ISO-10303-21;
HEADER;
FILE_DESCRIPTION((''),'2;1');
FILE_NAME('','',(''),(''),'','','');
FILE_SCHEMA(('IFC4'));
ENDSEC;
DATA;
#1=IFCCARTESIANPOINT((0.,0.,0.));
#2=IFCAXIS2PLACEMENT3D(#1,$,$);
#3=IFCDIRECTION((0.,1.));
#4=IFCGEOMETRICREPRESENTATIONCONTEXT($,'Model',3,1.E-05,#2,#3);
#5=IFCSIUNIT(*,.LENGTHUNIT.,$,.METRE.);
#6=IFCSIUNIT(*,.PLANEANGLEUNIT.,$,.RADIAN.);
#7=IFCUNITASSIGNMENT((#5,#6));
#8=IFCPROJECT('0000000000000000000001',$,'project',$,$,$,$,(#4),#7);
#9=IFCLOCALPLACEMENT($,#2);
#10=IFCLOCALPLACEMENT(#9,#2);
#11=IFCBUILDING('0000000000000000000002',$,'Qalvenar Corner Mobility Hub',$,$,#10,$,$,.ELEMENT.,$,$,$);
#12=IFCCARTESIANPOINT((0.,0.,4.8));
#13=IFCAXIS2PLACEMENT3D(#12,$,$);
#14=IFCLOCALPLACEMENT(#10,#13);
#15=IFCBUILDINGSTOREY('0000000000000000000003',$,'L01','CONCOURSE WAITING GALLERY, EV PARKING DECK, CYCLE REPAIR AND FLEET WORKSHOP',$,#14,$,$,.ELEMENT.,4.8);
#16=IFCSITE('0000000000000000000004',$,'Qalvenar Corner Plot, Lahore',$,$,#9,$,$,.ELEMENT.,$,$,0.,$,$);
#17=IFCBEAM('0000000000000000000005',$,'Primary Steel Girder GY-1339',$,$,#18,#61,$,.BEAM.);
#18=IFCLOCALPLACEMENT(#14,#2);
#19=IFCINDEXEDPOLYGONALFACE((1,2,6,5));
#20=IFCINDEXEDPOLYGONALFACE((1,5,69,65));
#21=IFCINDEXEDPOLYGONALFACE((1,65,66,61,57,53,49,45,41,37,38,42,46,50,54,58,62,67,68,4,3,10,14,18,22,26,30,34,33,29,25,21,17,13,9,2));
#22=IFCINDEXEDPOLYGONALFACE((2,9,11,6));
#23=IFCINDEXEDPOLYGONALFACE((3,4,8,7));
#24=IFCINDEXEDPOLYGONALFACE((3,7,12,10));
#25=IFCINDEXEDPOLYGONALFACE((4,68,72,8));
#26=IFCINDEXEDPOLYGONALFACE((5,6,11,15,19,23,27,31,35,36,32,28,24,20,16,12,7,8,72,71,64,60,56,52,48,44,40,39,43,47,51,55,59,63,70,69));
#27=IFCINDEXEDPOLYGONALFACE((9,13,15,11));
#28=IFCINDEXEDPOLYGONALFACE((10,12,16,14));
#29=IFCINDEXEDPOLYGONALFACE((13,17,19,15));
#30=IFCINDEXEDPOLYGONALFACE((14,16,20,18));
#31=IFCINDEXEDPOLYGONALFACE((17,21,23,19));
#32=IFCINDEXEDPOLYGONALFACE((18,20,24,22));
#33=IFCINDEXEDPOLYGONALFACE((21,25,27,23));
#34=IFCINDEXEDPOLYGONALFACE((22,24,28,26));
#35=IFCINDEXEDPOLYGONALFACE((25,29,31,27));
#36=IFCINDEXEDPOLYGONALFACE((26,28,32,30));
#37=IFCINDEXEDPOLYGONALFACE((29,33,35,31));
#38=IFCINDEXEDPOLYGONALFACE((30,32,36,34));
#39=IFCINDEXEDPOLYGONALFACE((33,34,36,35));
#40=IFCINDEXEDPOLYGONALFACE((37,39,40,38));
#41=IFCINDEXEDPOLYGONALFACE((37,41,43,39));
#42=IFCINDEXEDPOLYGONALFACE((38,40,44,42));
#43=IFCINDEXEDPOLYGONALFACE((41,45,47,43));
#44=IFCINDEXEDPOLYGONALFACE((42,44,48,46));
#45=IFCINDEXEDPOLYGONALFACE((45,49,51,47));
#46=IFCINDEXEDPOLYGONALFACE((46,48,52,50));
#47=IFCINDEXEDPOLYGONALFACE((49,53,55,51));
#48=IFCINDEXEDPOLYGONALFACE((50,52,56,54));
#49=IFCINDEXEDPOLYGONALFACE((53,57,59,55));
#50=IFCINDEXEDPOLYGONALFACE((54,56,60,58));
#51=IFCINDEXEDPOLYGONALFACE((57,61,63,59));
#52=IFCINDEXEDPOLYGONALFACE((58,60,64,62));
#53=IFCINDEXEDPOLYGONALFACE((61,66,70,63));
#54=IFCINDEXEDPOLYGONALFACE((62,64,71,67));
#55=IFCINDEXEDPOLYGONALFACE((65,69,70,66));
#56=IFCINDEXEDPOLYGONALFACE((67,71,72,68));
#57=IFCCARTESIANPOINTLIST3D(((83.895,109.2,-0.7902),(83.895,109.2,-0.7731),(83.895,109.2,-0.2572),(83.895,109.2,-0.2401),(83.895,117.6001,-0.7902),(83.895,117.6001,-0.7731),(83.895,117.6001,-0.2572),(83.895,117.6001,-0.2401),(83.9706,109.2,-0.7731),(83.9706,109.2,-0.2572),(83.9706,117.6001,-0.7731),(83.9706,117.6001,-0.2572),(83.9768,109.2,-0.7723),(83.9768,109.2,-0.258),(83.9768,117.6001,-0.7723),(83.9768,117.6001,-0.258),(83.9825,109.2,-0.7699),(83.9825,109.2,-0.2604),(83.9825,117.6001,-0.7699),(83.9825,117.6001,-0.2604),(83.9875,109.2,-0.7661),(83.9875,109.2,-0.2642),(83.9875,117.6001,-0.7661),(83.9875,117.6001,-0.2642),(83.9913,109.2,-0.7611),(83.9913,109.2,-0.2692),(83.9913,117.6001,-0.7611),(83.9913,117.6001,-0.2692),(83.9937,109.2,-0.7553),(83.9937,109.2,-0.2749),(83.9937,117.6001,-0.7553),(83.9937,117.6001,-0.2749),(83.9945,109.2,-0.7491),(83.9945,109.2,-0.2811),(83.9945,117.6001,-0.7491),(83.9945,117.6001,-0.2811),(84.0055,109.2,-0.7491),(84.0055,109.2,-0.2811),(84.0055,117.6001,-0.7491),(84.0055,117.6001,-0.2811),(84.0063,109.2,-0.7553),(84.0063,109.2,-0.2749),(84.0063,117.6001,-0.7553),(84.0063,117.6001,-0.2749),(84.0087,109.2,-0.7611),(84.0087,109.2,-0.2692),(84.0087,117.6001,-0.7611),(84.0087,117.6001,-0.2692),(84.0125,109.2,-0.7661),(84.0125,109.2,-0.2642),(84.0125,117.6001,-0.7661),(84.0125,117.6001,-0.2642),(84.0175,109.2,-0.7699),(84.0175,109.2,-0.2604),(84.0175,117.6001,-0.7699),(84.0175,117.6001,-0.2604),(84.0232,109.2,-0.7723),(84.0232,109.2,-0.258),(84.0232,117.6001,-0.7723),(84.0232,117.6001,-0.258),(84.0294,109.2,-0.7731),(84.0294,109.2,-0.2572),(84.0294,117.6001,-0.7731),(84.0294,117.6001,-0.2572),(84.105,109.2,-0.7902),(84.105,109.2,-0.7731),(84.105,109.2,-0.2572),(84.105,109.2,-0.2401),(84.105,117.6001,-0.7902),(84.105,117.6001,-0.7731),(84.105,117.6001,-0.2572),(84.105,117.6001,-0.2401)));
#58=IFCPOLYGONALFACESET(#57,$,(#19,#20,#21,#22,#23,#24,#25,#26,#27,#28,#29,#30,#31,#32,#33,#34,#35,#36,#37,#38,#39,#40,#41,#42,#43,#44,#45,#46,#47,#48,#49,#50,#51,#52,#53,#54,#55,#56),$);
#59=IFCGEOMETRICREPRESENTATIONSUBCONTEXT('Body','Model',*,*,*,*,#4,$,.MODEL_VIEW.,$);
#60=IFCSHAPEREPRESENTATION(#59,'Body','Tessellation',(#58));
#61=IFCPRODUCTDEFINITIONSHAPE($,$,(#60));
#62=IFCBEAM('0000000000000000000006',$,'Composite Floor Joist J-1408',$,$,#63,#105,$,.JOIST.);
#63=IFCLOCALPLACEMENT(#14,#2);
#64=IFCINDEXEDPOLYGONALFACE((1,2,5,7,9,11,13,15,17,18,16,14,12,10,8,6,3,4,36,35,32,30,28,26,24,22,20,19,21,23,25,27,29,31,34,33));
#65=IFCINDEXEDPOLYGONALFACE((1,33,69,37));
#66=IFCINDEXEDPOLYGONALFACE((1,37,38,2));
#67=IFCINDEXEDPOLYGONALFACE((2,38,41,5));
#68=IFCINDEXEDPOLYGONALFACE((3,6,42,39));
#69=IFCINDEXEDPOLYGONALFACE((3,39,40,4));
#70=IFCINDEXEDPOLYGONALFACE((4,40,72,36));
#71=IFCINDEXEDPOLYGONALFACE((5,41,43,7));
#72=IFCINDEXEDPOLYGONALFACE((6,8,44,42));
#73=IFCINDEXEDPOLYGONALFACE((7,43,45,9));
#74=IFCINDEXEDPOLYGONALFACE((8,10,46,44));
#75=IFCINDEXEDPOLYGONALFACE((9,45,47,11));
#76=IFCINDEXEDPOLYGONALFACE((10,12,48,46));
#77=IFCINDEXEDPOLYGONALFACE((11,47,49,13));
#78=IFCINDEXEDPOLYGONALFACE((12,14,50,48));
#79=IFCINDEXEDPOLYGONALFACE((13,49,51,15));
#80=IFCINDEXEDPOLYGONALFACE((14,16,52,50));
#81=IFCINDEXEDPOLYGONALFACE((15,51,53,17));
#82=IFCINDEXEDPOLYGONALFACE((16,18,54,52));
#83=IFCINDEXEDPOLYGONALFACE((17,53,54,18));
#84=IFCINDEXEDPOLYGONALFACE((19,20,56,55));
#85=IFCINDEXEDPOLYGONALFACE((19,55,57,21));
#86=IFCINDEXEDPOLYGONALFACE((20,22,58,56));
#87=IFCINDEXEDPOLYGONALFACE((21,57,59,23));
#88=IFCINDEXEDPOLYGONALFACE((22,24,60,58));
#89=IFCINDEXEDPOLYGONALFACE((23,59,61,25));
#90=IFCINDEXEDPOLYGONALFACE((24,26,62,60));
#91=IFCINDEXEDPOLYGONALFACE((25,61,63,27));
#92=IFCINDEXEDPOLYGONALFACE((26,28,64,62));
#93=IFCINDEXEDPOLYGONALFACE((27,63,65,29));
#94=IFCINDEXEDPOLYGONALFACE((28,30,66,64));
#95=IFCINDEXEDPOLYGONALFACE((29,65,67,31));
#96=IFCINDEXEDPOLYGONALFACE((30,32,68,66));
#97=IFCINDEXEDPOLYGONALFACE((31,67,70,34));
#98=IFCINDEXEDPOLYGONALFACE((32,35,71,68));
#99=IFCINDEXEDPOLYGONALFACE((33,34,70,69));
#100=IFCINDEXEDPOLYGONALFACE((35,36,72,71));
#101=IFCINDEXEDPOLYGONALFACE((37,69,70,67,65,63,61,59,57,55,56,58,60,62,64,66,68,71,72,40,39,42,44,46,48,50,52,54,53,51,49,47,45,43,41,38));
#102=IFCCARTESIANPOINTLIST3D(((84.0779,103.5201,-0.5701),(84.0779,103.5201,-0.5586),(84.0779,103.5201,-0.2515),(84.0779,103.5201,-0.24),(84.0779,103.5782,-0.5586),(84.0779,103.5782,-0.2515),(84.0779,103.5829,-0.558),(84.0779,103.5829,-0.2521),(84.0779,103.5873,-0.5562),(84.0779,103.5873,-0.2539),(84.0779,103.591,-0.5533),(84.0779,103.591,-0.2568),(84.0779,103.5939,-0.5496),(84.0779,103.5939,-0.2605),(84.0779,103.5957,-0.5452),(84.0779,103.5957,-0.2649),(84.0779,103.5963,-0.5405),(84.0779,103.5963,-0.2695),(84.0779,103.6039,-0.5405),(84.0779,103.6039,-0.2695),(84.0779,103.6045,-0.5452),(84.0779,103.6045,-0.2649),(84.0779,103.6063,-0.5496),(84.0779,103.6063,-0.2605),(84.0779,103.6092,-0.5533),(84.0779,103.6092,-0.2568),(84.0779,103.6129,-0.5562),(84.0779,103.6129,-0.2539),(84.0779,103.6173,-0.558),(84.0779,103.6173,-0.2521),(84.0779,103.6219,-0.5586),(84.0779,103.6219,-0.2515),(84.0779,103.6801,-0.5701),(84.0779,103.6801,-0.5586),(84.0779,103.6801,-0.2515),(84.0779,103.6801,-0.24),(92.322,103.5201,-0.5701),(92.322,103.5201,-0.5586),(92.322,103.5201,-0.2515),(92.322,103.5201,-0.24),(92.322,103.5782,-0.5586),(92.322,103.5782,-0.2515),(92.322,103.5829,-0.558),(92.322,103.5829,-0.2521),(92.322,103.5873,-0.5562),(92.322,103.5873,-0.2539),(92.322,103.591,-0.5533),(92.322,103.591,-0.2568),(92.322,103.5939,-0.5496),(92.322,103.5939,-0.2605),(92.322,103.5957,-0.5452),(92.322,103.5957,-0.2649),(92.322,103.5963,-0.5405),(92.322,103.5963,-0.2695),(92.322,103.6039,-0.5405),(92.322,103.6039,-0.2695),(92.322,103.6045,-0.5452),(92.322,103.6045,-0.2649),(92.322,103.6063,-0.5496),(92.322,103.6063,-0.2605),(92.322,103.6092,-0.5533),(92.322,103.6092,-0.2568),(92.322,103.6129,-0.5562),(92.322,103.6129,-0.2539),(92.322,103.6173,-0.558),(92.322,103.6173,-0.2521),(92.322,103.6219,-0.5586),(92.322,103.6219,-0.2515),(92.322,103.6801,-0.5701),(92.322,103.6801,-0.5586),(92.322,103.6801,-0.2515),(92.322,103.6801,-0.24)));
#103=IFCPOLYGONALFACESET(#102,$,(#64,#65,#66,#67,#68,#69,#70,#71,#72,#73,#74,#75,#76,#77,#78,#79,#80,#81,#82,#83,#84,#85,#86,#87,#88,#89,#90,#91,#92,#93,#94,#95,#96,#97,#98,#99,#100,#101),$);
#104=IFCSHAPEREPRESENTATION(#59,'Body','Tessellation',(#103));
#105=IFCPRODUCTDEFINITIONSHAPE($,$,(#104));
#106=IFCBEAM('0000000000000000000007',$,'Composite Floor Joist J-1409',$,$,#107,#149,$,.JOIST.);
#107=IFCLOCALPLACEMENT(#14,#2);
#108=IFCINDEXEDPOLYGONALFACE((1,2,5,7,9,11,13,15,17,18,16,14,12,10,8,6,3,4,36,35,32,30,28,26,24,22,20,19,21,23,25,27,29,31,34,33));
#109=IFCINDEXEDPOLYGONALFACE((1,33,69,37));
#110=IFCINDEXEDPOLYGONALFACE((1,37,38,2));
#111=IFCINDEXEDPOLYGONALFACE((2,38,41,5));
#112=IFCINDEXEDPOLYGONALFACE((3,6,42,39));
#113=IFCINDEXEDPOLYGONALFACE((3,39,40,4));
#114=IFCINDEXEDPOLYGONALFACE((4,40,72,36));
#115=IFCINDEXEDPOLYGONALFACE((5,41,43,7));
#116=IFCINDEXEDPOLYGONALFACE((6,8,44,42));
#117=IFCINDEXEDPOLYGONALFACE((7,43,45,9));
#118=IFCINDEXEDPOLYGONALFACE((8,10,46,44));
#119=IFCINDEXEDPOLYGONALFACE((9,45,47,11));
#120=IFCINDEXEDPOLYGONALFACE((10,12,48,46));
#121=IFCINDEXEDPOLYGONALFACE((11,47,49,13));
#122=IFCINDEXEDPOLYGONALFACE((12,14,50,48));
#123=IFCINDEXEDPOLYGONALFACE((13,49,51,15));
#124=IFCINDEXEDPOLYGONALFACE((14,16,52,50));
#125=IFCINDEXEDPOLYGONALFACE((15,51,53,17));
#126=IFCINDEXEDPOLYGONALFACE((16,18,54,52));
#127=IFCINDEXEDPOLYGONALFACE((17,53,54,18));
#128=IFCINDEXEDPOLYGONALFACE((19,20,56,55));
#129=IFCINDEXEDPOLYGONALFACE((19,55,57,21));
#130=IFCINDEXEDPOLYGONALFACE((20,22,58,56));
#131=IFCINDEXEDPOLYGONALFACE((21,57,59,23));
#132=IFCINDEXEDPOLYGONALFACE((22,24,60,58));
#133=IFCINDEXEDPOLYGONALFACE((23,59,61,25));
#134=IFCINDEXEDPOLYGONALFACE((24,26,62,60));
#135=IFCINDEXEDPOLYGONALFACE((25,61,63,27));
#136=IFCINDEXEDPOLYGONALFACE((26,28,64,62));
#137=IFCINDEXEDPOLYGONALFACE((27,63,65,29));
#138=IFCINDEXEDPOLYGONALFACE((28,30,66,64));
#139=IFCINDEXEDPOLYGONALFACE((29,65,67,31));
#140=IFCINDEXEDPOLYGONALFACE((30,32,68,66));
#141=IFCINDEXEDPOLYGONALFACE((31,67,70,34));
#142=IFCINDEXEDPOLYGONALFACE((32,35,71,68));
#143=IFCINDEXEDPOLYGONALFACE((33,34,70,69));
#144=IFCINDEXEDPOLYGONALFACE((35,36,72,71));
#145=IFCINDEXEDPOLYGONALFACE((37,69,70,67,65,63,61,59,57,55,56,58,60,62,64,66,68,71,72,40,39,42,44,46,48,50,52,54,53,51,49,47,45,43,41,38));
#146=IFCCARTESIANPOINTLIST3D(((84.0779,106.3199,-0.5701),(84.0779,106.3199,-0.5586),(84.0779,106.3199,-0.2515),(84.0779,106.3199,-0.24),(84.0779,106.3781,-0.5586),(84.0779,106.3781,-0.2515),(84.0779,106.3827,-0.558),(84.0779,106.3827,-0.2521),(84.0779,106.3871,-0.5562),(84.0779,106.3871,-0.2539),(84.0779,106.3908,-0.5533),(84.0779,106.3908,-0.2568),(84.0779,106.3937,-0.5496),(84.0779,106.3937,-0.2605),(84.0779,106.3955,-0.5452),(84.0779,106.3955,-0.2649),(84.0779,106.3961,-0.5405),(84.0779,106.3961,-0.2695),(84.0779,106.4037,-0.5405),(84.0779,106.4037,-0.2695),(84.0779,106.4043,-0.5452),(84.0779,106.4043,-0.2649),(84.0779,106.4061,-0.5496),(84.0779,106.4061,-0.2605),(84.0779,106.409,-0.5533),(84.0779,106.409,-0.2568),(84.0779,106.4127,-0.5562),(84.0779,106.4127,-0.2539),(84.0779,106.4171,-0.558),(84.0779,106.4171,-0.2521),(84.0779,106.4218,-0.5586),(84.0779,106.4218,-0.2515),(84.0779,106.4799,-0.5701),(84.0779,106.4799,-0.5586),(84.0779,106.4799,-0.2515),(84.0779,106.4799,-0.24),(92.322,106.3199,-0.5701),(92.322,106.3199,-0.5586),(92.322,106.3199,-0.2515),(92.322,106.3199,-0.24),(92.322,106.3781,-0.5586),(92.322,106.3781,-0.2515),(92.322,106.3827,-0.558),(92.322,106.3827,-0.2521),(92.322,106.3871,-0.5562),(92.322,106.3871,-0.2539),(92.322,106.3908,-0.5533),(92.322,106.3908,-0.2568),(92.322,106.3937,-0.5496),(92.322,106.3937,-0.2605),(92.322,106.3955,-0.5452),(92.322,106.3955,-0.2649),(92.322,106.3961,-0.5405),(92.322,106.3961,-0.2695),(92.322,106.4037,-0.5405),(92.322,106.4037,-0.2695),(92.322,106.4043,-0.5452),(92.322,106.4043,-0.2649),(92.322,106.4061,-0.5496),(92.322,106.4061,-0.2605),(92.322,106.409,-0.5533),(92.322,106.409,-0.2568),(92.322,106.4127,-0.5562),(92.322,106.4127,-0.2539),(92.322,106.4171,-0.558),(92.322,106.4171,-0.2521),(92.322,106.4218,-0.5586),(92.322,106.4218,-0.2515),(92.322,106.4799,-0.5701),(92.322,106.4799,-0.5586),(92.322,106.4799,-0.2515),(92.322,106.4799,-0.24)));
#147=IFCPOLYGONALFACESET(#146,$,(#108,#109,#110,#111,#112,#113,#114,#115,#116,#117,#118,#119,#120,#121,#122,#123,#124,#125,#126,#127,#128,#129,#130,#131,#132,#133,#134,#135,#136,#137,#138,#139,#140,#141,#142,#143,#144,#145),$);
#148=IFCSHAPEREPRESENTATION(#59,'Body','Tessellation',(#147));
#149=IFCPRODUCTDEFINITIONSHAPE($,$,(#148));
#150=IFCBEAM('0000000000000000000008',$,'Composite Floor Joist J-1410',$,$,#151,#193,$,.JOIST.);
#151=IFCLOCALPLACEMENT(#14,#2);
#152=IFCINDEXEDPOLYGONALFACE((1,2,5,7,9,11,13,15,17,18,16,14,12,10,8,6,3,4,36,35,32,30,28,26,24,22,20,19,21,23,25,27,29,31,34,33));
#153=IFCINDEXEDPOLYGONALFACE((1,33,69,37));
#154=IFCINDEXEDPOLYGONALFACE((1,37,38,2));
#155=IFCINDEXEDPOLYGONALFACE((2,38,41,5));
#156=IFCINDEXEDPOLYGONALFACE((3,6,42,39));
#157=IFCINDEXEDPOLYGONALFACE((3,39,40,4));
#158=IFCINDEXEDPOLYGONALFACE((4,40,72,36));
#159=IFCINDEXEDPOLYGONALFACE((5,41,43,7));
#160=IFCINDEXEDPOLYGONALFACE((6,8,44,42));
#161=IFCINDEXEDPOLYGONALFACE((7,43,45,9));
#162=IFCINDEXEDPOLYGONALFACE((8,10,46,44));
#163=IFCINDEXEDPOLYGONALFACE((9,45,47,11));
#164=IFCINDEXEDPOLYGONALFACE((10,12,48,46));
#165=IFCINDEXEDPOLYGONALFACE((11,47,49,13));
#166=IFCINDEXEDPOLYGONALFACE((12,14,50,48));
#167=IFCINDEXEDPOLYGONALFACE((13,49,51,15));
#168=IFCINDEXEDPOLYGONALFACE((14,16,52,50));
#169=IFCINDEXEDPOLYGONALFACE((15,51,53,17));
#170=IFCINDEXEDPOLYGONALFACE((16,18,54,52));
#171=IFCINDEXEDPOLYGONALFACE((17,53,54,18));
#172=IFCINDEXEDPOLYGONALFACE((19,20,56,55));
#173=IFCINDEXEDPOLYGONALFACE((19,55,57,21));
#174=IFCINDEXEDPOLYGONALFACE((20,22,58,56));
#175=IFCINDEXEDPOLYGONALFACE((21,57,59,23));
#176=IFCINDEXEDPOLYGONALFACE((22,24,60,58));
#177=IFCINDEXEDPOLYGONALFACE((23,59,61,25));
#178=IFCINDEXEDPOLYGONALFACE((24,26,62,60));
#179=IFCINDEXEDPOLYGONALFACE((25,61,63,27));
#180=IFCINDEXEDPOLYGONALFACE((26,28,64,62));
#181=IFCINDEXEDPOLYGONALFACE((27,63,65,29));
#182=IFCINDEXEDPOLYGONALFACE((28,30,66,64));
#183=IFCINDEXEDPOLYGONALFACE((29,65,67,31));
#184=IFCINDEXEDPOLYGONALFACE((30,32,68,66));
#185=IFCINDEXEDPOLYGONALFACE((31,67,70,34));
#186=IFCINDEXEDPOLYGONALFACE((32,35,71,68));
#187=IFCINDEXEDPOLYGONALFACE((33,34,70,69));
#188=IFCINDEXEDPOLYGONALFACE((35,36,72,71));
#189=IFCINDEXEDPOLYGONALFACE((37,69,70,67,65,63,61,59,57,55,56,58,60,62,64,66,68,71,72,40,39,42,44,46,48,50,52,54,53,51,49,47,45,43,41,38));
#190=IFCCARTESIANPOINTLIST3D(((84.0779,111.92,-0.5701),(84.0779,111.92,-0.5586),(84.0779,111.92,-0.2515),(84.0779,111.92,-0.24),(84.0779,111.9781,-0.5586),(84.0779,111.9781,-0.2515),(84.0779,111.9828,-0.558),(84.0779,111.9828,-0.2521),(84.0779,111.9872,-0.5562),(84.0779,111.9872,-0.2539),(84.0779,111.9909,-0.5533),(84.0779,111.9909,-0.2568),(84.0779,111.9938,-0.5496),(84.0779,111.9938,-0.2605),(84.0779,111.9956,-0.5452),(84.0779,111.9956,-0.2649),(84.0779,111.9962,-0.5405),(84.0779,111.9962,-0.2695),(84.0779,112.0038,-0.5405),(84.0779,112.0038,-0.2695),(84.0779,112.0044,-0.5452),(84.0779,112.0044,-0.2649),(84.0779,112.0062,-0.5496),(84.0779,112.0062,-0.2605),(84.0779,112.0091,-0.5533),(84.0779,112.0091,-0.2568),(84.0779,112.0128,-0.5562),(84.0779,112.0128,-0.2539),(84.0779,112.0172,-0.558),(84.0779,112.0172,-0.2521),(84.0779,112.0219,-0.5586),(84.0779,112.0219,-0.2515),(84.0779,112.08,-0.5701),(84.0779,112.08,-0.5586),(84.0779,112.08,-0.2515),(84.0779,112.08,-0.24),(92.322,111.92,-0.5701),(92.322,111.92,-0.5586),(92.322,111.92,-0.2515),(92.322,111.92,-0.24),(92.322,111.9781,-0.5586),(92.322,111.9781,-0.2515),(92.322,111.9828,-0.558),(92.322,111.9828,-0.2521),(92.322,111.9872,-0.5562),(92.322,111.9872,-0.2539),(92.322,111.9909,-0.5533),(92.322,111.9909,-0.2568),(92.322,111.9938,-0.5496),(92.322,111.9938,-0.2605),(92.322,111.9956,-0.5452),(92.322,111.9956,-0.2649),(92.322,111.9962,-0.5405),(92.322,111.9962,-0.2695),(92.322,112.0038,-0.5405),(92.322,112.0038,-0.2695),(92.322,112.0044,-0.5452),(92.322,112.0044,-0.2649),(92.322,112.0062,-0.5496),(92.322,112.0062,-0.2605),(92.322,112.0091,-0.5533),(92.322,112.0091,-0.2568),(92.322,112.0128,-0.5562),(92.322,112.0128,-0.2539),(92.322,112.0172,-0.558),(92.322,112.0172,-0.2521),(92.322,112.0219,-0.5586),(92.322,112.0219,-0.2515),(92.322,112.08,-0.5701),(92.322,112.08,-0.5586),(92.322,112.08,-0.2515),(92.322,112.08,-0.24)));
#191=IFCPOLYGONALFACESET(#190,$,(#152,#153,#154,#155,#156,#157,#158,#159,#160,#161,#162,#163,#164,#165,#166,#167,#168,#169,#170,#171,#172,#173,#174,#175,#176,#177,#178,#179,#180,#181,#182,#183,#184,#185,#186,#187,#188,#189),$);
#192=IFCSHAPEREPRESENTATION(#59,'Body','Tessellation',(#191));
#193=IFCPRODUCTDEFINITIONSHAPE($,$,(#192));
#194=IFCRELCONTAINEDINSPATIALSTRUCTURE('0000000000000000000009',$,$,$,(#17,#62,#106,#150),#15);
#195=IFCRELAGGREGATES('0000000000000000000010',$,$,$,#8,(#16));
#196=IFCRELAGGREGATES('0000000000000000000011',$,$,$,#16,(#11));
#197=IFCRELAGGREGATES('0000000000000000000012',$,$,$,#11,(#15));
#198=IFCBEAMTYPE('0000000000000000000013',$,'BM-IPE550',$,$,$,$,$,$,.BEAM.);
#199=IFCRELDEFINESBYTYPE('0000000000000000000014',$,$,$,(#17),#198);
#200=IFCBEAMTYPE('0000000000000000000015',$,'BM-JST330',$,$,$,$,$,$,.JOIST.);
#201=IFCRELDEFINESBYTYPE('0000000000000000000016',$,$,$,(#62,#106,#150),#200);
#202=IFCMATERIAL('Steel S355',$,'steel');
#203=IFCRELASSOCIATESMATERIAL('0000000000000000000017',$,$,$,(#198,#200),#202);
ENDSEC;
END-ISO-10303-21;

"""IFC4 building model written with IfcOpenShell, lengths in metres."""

from ifc_helpers import new_model, si_unit, direction, frame, origin, origin_2d, place, context, subcontext, project, spatial, i_section, extrude, material, material_profile, profile_set, type_object, element, save


model = new_model("IFC4")

# Units and contexts
model_context = context("Model", 3, precision=1e-05, world=origin(), true_north=direction((0.0, 1.0)))
body_context = subcontext(model_context, "Body", "Model", "MODEL_VIEW")
ifc_project = project(units=[si_unit("LENGTHUNIT", "METRE"), si_unit("PLANEANGLEUNIT", "RADIAN")], contexts=[model_context])

# Site, building, storey
site_placement = place(None, origin())
site = spatial("IfcSite", under=ifc_project, at=site_placement, Name="Qalvenar Corner Plot, Lahore", CompositionType="ELEMENT", RefElevation=0.0)
building_placement = place(site_placement, origin())
building = spatial("IfcBuilding", under=site, at=building_placement, Name="Qalvenar Corner Mobility Hub", CompositionType="ELEMENT")
storey_placement = place(building_placement, frame((0.0, 0.0, 4.8)))
storey = spatial("IfcBuildingStorey", under=building, at=storey_placement, Name="L01", Description="CONCOURSE WAITING GALLERY, EV PARKING DECK, CYCLE REPAIR AND FLEET WORKSHOP", CompositionType="ELEMENT", Elevation=4.8)

# Shared definitions
ifc_material = material(Name="Steel S355", Category="steel")

# Beams
ifc_material_profile_1 = material_profile(ifc_material, i_section(OverallWidth=0.21, OverallDepth=0.55, WebThickness=0.011, FlangeThickness=0.0171, FilletRadius=0.0239, at=origin_2d()), Name="IPE550")
ifc_profile_set_1 = profile_set([ifc_material_profile_1], Name="Steel S355")
beam_type_1 = type_object("IfcBeamType", Name="BM-IPE550", PredefinedType="BEAM", material=ifc_profile_set_1)
beam_1_placement = place(storey_placement, frame((84.0, 109.2, -0.5151), z_axis=(0.0, 1.0, 0.0), x_axis=(-1.0, 0.0, 0.0)))
element("IfcBeam", 1, at=beam_1_placement, inside=storey, type_object=beam_type_1, Name="Primary Steel Girder GY-1339", PredefinedType="BEAM", context=body_context, shape_type="SweptSolid", body=[
    extrude(i_section(OverallWidth=0.21, OverallDepth=0.55, WebThickness=0.011, FlangeThickness=0.0171, FilletRadius=0.0239, at=origin_2d()), origin(), (0.0, 0.0, 1.0), 8.4001),
])
ifc_material_profile_2 = material_profile(ifc_material, i_section(OverallWidth=0.1599, OverallDepth=0.3301, WebThickness=0.0076, FlangeThickness=0.0115, FilletRadius=0.0181, at=origin_2d()), Name="IPE330")
ifc_profile_set_2 = profile_set([ifc_material_profile_2], Name="Steel S355")
beam_type_2 = type_object("IfcBeamType", Name="BM-JST330", PredefinedType="JOIST", material=ifc_profile_set_2)
for number, where, z_axis, x_axis, name in (
    (2, (84.0779, 103.6001, -0.405), (1.0, 0.0, 0.0), (0.0, 1.0, 0.0), "Composite Floor Joist J-1408"),
    (3, (84.0779, 106.3999, -0.405), (1.0, 0.0, 0.0), (0.0, 1.0, 0.0), "Composite Floor Joist J-1409"),
    (4, (84.0779, 112.0, -0.405), (1.0, 0.0, 0.0), (0.0, 1.0, 0.0), "Composite Floor Joist J-1410"),
):
    element("IfcBeam", number, at=place(storey_placement, frame(where, z_axis=z_axis, x_axis=x_axis)), inside=storey, type_object=beam_type_2, Name=name, PredefinedType="JOIST", context=body_context, shape_type="SweptSolid", body=[
        extrude(i_section(OverallWidth=0.1599, OverallDepth=0.3301, WebThickness=0.0076, FlangeThickness=0.0115, FilletRadius=0.0181, at=origin_2d()), origin(), (0.0, 0.0, 1.0), 8.2441),
    ])

save(model, "model.ifc")
